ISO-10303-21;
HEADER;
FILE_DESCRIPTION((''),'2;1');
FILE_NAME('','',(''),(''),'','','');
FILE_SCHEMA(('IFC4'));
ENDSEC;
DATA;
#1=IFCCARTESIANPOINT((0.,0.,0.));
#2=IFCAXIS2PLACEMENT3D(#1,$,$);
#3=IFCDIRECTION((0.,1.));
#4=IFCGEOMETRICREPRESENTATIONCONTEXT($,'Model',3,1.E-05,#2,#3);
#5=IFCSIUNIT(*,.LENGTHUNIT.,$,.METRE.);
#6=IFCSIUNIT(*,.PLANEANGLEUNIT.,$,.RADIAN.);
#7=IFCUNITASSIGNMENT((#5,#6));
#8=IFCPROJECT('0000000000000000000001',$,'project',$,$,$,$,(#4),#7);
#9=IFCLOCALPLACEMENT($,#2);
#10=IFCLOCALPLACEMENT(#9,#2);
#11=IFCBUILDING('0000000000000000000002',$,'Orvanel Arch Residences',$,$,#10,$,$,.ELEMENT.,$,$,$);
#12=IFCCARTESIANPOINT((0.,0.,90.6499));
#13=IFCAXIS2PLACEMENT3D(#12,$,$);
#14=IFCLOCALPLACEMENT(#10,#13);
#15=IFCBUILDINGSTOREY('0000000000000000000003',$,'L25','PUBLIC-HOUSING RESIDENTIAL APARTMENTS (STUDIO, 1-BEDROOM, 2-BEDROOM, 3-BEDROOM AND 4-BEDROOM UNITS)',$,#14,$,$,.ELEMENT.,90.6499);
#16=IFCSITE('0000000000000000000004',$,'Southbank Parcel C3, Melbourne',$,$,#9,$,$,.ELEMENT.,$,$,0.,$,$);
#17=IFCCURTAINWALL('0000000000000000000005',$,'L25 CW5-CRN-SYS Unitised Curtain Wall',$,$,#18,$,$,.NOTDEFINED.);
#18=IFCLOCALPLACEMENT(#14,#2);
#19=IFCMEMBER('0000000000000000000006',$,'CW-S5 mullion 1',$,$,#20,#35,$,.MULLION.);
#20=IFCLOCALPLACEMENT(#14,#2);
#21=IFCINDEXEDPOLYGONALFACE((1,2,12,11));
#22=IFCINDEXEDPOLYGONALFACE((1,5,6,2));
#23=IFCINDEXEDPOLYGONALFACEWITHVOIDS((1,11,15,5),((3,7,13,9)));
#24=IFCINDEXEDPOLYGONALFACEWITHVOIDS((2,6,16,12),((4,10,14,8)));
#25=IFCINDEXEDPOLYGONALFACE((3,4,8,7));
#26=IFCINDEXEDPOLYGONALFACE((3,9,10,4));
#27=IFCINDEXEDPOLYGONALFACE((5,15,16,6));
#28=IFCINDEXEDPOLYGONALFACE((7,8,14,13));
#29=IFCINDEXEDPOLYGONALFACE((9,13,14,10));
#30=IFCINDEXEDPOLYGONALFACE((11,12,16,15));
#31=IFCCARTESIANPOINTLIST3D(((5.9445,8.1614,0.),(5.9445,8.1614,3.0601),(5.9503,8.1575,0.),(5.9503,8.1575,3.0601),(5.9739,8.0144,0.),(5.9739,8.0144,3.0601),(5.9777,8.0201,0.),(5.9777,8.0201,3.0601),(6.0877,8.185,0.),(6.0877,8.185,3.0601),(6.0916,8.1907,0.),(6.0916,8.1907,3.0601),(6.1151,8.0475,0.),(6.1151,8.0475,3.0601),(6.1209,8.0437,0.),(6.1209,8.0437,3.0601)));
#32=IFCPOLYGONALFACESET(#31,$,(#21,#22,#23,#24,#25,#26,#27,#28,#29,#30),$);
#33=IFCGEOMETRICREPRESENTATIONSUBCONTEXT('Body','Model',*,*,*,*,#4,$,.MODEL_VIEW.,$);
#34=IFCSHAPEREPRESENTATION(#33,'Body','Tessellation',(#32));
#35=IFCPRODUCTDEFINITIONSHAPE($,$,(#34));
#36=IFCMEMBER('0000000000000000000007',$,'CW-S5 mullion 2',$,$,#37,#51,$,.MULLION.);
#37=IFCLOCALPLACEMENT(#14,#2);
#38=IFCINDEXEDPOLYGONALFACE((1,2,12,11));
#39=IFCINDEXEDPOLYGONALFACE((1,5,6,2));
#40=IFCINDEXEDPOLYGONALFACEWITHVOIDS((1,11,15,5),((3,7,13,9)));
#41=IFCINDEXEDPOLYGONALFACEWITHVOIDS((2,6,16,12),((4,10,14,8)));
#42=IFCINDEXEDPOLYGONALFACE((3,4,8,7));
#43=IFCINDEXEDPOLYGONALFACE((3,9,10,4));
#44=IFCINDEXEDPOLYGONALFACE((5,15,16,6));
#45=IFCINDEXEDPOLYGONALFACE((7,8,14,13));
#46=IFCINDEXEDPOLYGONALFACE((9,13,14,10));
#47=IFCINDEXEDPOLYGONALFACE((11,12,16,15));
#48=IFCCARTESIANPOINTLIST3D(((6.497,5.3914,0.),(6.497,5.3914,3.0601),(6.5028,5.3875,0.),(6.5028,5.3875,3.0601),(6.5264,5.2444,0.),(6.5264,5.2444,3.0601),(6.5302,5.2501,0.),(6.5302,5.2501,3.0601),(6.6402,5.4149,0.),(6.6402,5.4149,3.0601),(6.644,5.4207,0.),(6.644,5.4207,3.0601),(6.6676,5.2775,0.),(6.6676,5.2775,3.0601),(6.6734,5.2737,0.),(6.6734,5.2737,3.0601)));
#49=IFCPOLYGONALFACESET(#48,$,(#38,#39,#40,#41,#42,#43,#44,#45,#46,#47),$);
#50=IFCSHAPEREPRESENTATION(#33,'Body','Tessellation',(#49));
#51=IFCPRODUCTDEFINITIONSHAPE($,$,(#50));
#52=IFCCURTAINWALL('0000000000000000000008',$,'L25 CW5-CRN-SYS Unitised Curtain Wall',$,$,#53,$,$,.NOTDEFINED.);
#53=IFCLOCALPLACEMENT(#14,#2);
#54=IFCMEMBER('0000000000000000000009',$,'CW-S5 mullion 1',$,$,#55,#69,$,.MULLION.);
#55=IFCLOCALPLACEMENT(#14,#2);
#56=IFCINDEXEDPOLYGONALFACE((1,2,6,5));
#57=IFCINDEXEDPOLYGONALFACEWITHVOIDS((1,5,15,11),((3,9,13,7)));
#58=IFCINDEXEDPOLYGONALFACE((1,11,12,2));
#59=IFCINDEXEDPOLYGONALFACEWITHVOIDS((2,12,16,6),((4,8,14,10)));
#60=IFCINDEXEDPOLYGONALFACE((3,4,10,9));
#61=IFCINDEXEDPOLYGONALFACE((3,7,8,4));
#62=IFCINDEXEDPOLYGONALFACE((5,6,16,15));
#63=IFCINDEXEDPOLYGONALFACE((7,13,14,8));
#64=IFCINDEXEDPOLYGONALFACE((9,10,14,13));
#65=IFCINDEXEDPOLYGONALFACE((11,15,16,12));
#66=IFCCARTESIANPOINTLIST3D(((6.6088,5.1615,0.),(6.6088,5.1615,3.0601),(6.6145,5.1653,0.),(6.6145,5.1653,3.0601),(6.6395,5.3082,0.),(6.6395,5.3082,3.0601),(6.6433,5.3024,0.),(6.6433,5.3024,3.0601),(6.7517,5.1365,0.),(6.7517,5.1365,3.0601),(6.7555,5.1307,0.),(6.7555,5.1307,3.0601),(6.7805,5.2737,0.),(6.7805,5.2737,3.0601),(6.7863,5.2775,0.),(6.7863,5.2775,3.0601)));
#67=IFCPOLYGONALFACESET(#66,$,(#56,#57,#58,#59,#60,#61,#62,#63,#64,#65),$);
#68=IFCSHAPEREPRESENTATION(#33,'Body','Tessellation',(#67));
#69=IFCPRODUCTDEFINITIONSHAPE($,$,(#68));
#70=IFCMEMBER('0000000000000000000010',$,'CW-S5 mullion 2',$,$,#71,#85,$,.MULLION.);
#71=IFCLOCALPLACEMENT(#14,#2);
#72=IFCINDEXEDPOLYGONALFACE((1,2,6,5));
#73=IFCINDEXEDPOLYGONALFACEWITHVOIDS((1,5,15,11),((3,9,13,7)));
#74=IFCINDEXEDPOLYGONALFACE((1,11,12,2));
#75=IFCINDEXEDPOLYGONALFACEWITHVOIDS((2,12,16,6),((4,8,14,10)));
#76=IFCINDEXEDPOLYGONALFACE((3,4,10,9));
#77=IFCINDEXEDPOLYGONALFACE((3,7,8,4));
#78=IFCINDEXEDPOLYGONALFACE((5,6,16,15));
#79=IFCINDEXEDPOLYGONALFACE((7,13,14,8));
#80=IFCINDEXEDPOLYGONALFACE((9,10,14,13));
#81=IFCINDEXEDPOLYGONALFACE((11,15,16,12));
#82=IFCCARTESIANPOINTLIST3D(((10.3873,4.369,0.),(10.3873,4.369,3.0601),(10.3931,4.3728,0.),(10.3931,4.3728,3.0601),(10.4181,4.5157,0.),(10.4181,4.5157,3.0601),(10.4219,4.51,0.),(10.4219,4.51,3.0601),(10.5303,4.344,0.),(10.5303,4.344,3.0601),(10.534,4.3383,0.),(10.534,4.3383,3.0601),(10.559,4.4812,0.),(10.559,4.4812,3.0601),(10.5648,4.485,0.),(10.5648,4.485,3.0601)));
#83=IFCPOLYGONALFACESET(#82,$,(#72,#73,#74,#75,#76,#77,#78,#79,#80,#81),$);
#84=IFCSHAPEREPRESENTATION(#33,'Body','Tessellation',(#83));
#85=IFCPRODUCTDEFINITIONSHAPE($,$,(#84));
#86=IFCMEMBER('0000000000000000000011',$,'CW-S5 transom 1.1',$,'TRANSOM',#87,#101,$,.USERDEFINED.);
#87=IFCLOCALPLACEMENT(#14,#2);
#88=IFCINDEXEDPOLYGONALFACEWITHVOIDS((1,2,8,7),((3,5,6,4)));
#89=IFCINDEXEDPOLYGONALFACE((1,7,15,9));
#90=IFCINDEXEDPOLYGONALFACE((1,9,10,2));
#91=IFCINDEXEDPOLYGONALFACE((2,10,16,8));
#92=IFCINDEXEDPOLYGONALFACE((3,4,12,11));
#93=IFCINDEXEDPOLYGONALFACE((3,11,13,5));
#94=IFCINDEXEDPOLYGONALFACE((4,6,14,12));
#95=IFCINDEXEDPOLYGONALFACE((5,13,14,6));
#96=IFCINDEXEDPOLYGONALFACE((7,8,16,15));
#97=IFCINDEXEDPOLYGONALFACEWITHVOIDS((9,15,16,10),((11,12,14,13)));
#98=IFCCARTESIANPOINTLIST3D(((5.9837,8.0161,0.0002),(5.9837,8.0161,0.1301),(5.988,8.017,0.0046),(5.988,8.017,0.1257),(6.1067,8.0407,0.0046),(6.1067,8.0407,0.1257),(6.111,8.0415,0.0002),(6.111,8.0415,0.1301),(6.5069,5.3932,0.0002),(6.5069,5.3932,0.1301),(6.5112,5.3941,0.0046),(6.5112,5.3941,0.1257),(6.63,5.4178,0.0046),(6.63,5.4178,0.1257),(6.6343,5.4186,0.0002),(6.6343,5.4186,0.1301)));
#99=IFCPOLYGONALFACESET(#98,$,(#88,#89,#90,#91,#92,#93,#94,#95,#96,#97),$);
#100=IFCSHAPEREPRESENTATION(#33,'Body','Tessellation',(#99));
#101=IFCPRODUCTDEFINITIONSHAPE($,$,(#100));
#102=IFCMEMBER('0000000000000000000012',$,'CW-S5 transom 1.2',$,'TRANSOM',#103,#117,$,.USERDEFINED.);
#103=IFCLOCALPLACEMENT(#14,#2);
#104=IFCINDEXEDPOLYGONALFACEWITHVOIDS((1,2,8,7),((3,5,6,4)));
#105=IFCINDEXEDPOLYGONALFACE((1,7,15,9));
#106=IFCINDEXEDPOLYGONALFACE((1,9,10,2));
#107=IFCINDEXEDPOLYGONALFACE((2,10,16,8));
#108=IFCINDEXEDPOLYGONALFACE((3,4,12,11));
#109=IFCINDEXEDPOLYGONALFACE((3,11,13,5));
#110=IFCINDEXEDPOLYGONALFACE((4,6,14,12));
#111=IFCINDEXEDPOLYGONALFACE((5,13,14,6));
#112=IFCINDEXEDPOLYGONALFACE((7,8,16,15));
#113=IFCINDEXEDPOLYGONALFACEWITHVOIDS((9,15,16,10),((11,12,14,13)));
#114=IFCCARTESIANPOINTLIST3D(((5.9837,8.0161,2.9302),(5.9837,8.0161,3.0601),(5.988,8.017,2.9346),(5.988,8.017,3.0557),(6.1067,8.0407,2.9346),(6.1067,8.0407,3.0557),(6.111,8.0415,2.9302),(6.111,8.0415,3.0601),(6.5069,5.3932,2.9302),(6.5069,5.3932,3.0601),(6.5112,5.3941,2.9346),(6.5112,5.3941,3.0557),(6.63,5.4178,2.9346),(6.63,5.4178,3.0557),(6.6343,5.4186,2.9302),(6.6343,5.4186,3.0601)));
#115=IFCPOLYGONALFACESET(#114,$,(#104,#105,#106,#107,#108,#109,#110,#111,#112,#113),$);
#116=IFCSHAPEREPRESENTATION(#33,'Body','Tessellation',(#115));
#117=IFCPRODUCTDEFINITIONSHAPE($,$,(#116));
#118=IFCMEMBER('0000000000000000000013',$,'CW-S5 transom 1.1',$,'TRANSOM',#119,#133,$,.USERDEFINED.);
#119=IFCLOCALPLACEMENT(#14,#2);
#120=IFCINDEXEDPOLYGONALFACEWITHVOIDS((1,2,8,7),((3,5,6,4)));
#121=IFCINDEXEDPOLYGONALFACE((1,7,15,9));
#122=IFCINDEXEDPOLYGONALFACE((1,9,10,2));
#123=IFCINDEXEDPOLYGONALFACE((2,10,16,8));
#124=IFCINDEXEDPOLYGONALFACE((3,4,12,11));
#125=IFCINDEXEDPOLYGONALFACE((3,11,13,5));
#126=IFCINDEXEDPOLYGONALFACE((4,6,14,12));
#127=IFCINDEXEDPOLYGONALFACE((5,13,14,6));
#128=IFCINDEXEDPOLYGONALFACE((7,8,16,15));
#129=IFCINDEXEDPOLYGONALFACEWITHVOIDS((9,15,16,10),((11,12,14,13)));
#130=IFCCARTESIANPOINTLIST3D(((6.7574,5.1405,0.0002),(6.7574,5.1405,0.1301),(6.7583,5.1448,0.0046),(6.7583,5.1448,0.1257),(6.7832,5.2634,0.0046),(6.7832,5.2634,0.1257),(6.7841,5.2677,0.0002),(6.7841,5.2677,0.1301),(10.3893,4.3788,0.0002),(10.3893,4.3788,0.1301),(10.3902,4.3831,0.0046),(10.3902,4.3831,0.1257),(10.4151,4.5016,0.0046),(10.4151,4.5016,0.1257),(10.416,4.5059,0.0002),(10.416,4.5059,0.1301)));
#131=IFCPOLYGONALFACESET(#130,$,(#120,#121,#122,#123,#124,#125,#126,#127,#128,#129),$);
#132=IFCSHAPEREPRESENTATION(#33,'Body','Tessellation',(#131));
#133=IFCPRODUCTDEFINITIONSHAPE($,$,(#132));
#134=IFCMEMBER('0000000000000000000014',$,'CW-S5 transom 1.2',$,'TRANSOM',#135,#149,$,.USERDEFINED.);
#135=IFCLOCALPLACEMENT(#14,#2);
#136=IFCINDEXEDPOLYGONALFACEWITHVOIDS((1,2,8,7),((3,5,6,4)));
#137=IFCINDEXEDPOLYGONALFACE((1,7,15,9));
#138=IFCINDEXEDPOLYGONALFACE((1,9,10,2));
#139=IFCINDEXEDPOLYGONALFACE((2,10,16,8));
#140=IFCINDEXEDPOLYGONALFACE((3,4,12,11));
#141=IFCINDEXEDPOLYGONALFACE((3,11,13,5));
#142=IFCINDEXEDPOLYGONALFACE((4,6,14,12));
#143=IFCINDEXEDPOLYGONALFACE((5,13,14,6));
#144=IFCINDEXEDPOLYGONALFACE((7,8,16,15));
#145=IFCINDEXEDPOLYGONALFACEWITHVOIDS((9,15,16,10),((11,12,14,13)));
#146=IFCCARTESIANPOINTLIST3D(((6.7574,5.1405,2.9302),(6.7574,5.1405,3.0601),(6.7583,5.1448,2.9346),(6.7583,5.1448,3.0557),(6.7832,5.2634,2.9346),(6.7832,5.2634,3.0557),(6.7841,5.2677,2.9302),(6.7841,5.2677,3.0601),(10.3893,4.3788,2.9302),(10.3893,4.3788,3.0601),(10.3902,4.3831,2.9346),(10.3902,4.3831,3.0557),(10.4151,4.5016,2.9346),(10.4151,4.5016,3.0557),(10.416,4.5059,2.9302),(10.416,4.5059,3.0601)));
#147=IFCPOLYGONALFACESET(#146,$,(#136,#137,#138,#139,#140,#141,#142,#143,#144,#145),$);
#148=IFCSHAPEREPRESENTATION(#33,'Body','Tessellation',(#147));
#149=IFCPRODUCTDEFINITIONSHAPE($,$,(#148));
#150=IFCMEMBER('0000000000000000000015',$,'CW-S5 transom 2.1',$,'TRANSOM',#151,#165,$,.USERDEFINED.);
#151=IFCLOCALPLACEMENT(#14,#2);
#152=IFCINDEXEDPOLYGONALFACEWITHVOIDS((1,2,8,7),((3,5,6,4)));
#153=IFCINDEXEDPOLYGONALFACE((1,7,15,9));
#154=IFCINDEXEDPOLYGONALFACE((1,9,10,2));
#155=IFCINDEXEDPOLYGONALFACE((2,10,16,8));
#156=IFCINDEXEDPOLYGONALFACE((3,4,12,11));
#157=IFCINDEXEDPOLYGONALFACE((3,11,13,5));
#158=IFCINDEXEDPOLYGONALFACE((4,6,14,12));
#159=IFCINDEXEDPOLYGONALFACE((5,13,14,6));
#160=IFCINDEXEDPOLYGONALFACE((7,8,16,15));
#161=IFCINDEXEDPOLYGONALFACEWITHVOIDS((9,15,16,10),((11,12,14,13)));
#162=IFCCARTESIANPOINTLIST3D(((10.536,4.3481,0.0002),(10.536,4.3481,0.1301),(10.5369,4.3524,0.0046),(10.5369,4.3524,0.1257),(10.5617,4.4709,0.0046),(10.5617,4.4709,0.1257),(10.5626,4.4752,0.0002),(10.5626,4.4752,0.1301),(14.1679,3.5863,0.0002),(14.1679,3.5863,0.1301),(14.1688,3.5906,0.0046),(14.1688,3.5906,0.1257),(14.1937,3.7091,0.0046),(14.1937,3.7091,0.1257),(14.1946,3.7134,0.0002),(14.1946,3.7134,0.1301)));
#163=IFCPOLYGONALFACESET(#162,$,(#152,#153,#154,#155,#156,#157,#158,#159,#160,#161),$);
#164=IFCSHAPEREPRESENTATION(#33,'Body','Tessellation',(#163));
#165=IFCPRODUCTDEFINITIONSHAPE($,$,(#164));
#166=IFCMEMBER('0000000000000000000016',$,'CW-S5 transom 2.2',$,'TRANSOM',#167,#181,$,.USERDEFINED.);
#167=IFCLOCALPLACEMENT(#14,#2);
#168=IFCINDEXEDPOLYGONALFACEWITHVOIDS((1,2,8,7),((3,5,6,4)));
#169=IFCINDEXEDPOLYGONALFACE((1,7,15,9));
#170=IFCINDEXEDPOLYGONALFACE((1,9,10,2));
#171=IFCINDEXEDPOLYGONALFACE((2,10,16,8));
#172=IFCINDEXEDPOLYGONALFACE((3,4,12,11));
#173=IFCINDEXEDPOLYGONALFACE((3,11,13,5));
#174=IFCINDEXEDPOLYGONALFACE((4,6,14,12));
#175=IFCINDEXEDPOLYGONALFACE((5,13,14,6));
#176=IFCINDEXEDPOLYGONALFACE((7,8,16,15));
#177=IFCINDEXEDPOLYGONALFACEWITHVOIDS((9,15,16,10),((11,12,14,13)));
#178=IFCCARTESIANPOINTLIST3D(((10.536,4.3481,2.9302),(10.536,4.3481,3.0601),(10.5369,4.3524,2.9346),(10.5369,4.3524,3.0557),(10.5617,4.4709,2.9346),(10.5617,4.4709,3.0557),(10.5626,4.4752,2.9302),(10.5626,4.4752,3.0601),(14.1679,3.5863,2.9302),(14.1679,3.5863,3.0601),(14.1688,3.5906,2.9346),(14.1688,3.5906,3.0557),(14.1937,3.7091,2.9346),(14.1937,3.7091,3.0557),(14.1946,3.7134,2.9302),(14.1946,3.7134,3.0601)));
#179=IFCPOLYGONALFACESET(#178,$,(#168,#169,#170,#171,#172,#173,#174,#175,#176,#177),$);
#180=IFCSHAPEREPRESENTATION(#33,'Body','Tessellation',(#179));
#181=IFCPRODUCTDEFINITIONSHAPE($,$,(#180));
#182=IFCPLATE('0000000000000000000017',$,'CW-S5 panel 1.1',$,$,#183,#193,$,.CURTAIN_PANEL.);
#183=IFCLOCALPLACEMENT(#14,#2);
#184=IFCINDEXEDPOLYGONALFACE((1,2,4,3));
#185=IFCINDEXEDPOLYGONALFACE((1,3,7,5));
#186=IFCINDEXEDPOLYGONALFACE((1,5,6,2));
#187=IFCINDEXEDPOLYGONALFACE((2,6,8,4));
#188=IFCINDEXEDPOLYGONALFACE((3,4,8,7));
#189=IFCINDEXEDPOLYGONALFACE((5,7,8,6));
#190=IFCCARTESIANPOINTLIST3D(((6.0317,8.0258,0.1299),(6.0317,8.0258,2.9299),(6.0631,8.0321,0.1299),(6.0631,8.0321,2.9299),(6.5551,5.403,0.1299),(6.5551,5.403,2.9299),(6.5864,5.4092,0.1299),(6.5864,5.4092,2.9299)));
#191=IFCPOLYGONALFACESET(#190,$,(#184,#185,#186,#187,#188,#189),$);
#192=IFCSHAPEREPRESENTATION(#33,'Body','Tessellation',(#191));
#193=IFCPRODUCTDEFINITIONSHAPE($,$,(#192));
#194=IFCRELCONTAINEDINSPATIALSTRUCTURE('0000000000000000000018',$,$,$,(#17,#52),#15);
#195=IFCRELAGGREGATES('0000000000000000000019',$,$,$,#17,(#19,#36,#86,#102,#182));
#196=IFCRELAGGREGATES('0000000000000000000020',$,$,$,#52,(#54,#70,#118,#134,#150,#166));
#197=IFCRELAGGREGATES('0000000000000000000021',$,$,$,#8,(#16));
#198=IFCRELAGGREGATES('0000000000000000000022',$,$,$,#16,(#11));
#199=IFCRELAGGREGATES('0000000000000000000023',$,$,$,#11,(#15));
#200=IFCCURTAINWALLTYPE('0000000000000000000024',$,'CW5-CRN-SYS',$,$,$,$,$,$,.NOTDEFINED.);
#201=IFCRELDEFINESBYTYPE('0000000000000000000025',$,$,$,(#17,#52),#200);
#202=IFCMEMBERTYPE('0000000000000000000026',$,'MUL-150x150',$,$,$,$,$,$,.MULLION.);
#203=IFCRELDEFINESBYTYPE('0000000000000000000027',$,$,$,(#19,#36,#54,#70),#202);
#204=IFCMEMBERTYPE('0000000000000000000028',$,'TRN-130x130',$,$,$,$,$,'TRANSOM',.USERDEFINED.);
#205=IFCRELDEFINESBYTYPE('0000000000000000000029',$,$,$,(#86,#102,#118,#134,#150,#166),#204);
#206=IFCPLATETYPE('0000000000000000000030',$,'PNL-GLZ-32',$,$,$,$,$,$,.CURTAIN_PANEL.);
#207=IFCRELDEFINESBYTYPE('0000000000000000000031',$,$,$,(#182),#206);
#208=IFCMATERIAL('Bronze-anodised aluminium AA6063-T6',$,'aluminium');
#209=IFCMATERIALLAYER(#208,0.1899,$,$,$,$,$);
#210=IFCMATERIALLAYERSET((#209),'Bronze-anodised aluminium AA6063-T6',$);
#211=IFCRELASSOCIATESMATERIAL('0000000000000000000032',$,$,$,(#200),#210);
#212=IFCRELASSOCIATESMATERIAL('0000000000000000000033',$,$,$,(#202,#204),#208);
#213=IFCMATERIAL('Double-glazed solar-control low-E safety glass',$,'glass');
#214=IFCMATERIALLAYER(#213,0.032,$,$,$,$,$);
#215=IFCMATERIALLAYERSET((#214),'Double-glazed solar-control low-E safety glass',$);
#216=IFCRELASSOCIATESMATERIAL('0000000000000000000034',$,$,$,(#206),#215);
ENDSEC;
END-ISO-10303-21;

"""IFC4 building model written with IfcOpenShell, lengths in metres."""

from ifc_helpers import new_model, si_unit, direction, frame, origin, origin_2d, place, context, subcontext, project, spatial, rectangle, hollow_rectangle, extrude, material, layer, layer_set, material_profile, profile_set, type_object, element, aggregate, save


model = new_model("IFC4")

# Units and contexts
model_context = context("Model", 3, precision=1e-05, world=origin(), true_north=direction((0.0, 1.0)))
body_context = subcontext(model_context, "Body", "Model", "MODEL_VIEW")
ifc_project = project(units=[si_unit("LENGTHUNIT", "METRE"), si_unit("PLANEANGLEUNIT", "RADIAN")], contexts=[model_context])

# Site, building, storey
site_placement = place(None, origin())
site = spatial("IfcSite", under=ifc_project, at=site_placement, Name="Southbank Parcel C3, Melbourne", CompositionType="ELEMENT", RefElevation=0.0)
building_placement = place(site_placement, origin())
building = spatial("IfcBuilding", under=site, at=building_placement, Name="Orvanel Arch Residences", CompositionType="ELEMENT")
storey_placement = place(building_placement, frame((0.0, 0.0, 90.6499)))
storey = spatial("IfcBuildingStorey", under=building, at=storey_placement, Name="L25", Description="PUBLIC-HOUSING RESIDENTIAL APARTMENTS (STUDIO, 1-BEDROOM, 2-BEDROOM, 3-BEDROOM AND 4-BEDROOM UNITS)", CompositionType="ELEMENT", Elevation=90.6499)

# Curtain walls, members
ifc_material_1 = material(Name="Bronze-anodised aluminium AA6063-T6", Category="aluminium")
ifc_layer_1 = layer(ifc_material_1, 0.1899)
ifc_layer_set_1 = layer_set([ifc_layer_1], Name="Bronze-anodised aluminium AA6063-T6")
curtain_wall_type = type_object("IfcCurtainWallType", Name="CW5-CRN-SYS", PredefinedType="NOTDEFINED", material=ifc_layer_set_1)
curtain_wall_1_placement = place(storey_placement, origin())
curtain_wall_1 = element("IfcCurtainWall", 1, at=curtain_wall_1_placement, inside=storey, type_object=curtain_wall_type, Name="L25 CW5-CRN-SYS Unitised Curtain Wall", PredefinedType="NOTDEFINED")
ifc_material_profile_1 = material_profile(ifc_material_1, hollow_rectangle(XDim=0.1499, YDim=0.1499, WallThickness=0.0049, at=origin_2d()), Name="ALU150x150x5")
ifc_profile_set_1 = profile_set([ifc_material_profile_1], Name="Bronze-anodised aluminium AA6063-T6")
member_type_1 = type_object("IfcMemberType", Name="MUL-150x150", PredefinedType="MULLION", material=ifc_profile_set_1)
member_1_placement = place(storey_placement, frame((6.0327, 8.1025, 0.0), z_axis=(0.0, 0.0, 1.0), x_axis=(0.980671, 0.195664, 0.0)))
member_1 = element("IfcMember", 2, at=member_1_placement, type_object=member_type_1, Name="CW-S5 mullion 1", PredefinedType="MULLION", context=body_context, shape_type="SweptSolid", body=[
    extrude(hollow_rectangle(XDim=0.1499, YDim=0.1499, WallThickness=0.0049, at=origin_2d()), origin(), (0.0, 0.0, 1.0), 3.0601),
])
member_2_placement = place(storey_placement, frame((6.5852, 5.3325, 0.0), z_axis=(0.0, 0.0, 1.0), x_axis=(0.980671, 0.195664, 0.0)))
member_2 = element("IfcMember", 3, at=member_2_placement, type_object=member_type_1, Name="CW-S5 mullion 2", PredefinedType="MULLION", context=body_context, shape_type="SweptSolid", body=[
    extrude(hollow_rectangle(XDim=0.1499, YDim=0.1499, WallThickness=0.0049, at=origin_2d()), origin(), (0.0, 0.0, 1.0), 3.0601),
])
curtain_wall_2_placement = place(storey_placement, origin())
curtain_wall_2 = element("IfcCurtainWall", 4, at=curtain_wall_2_placement, inside=storey, type_object=curtain_wall_type, Name="L25 CW5-CRN-SYS Unitised Curtain Wall", PredefinedType="NOTDEFINED")
member_3_placement = place(storey_placement, frame((6.6975, 5.2195, 0.0), z_axis=(0.0, 0.0, 1.0), x_axis=(0.205293, 0.9787, 0.0)))
member_3 = element("IfcMember", 5, at=member_3_placement, type_object=member_type_1, Name="CW-S5 mullion 1", PredefinedType="MULLION", context=body_context, shape_type="SweptSolid", body=[
    extrude(hollow_rectangle(XDim=0.1499, YDim=0.1499, WallThickness=0.0049, at=origin_2d()), origin(), (0.0, 0.0, 1.0), 3.0601),
])
member_4_placement = place(storey_placement, frame((10.4761, 4.427, 0.0), z_axis=(0.0, 0.0, 1.0), x_axis=(0.205293, 0.9787, 0.0)))
member_4 = element("IfcMember", 6, at=member_4_placement, type_object=member_type_1, Name="CW-S5 mullion 2", PredefinedType="MULLION", context=body_context, shape_type="SweptSolid", body=[
    extrude(hollow_rectangle(XDim=0.1499, YDim=0.1499, WallThickness=0.0049, at=origin_2d()), origin(), (0.0, 0.0, 1.0), 3.0601),
])

# Members
ifc_material_profile_2 = material_profile(ifc_material_1, hollow_rectangle(XDim=0.1299, YDim=0.1299, WallThickness=0.0044, at=origin_2d()), Name="ALU130x130x4.5")
ifc_profile_set_2 = profile_set([ifc_material_profile_2], Name="Bronze-anodised aluminium AA6063-T6")
member_type_2 = type_object("IfcMemberType", Name="TRN-130x130", ElementType="TRANSOM", PredefinedType="USERDEFINED", material=ifc_profile_set_2)
member_5_placement = place(storey_placement, frame((6.0474, 8.0288, 0.0652), z_axis=(0.195625, -0.980679, 0.0), x_axis=(0.980679, 0.195625, 0.0)))
member_5 = element("IfcMember", 7, at=member_5_placement, type_object=member_type_2, Name="CW-S5 transom 1.1", ObjectType="TRANSOM", PredefinedType="USERDEFINED", context=body_context, shape_type="SweptSolid", body=[
    extrude(hollow_rectangle(XDim=0.1299, YDim=0.1299, WallThickness=0.0044, at=origin_2d()), origin(), (0.0, 0.0, 1.0), 2.6746),
])
member_6_placement = place(storey_placement, frame((6.0474, 8.0288, 2.9951), z_axis=(0.195625, -0.980679, 0.0), x_axis=(0.980679, 0.195625, 0.0)))
member_6 = element("IfcMember", 8, at=member_6_placement, type_object=member_type_2, Name="CW-S5 transom 1.2", ObjectType="TRANSOM", PredefinedType="USERDEFINED", context=body_context, shape_type="SweptSolid", body=[
    extrude(hollow_rectangle(XDim=0.1299, YDim=0.1299, WallThickness=0.0044, at=origin_2d()), origin(), (0.0, 0.0, 1.0), 2.6746),
])
member_7_placement = place(storey_placement, frame((6.7708, 5.2041, 0.0652), z_axis=(0.978706, -0.205268, 0.0), x_axis=(0.205268, 0.978706, 0.0)))
member_7 = element("IfcMember", 9, at=member_7_placement, type_object=member_type_2, Name="CW-S5 transom 1.1", ObjectType="TRANSOM", PredefinedType="USERDEFINED", context=body_context, shape_type="SweptSolid", body=[
    extrude(hollow_rectangle(XDim=0.1299, YDim=0.1299, WallThickness=0.0044, at=origin_2d()), origin(), (0.0, 0.0, 1.0), 3.7109),
])
member_8_placement = place(storey_placement, frame((6.7708, 5.2041, 2.9951), z_axis=(0.978706, -0.205268, 0.0), x_axis=(0.205268, 0.978706, 0.0)))
member_8 = element("IfcMember", 10, at=member_8_placement, type_object=member_type_2, Name="CW-S5 transom 1.2", ObjectType="TRANSOM", PredefinedType="USERDEFINED", context=body_context, shape_type="SweptSolid", body=[
    extrude(hollow_rectangle(XDim=0.1299, YDim=0.1299, WallThickness=0.0044, at=origin_2d()), origin(), (0.0, 0.0, 1.0), 3.7109),
])
member_9_placement = place(storey_placement, frame((10.5493, 4.4116, 0.0652), z_axis=(0.978706, -0.205268, 0.0), x_axis=(0.205268, 0.978706, 0.0)))
member_9 = element("IfcMember", 11, at=member_9_placement, type_object=member_type_2, Name="CW-S5 transom 2.1", ObjectType="TRANSOM", PredefinedType="USERDEFINED", context=body_context, shape_type="SweptSolid", body=[
    extrude(hollow_rectangle(XDim=0.1299, YDim=0.1299, WallThickness=0.0044, at=origin_2d()), origin(), (0.0, 0.0, 1.0), 3.7109),
])
member_10_placement = place(storey_placement, frame((10.5493, 4.4116, 2.9951), z_axis=(0.978706, -0.205268, 0.0), x_axis=(0.205268, 0.978706, 0.0)))
member_10 = element("IfcMember", 12, at=member_10_placement, type_object=member_type_2, Name="CW-S5 transom 2.2", ObjectType="TRANSOM", PredefinedType="USERDEFINED", context=body_context, shape_type="SweptSolid", body=[
    extrude(hollow_rectangle(XDim=0.1299, YDim=0.1299, WallThickness=0.0044, at=origin_2d()), origin(), (0.0, 0.0, 1.0), 3.7109),
])

# Plate
ifc_material_2 = material(Name="Double-glazed solar-control low-E safety glass", Category="glass")
ifc_layer_2 = layer(ifc_material_2, 0.032)
ifc_layer_set_2 = layer_set([ifc_layer_2], Name="Double-glazed solar-control low-E safety glass")
plate_type = type_object("IfcPlateType", Name="PNL-GLZ-32", PredefinedType="CURTAIN_PANEL", material=ifc_layer_set_2)
plate_1_placement = place(storey_placement, frame((6.3091, 6.7175, 0.1299), z_axis=(0.0, 0.0, 1.0), x_axis=(0.195664, -0.980671, 0.0)))
plate_1 = element("IfcPlate", 13, at=plate_1_placement, type_object=plate_type, Name="CW-S5 panel 1.1", PredefinedType="CURTAIN_PANEL", context=body_context, shape_type="SweptSolid", body=[
    extrude(rectangle(XDim=2.6746, YDim=0.032, at=origin_2d()), origin(), (0.0, 0.0, 1.0), 2.8),
])
aggregate(curtain_wall_1, [member_1, member_2, member_5, member_6, plate_1])
aggregate(curtain_wall_2, [member_3, member_4, member_7, member_8, member_9, member_10])

save(model, "model.ifc")
